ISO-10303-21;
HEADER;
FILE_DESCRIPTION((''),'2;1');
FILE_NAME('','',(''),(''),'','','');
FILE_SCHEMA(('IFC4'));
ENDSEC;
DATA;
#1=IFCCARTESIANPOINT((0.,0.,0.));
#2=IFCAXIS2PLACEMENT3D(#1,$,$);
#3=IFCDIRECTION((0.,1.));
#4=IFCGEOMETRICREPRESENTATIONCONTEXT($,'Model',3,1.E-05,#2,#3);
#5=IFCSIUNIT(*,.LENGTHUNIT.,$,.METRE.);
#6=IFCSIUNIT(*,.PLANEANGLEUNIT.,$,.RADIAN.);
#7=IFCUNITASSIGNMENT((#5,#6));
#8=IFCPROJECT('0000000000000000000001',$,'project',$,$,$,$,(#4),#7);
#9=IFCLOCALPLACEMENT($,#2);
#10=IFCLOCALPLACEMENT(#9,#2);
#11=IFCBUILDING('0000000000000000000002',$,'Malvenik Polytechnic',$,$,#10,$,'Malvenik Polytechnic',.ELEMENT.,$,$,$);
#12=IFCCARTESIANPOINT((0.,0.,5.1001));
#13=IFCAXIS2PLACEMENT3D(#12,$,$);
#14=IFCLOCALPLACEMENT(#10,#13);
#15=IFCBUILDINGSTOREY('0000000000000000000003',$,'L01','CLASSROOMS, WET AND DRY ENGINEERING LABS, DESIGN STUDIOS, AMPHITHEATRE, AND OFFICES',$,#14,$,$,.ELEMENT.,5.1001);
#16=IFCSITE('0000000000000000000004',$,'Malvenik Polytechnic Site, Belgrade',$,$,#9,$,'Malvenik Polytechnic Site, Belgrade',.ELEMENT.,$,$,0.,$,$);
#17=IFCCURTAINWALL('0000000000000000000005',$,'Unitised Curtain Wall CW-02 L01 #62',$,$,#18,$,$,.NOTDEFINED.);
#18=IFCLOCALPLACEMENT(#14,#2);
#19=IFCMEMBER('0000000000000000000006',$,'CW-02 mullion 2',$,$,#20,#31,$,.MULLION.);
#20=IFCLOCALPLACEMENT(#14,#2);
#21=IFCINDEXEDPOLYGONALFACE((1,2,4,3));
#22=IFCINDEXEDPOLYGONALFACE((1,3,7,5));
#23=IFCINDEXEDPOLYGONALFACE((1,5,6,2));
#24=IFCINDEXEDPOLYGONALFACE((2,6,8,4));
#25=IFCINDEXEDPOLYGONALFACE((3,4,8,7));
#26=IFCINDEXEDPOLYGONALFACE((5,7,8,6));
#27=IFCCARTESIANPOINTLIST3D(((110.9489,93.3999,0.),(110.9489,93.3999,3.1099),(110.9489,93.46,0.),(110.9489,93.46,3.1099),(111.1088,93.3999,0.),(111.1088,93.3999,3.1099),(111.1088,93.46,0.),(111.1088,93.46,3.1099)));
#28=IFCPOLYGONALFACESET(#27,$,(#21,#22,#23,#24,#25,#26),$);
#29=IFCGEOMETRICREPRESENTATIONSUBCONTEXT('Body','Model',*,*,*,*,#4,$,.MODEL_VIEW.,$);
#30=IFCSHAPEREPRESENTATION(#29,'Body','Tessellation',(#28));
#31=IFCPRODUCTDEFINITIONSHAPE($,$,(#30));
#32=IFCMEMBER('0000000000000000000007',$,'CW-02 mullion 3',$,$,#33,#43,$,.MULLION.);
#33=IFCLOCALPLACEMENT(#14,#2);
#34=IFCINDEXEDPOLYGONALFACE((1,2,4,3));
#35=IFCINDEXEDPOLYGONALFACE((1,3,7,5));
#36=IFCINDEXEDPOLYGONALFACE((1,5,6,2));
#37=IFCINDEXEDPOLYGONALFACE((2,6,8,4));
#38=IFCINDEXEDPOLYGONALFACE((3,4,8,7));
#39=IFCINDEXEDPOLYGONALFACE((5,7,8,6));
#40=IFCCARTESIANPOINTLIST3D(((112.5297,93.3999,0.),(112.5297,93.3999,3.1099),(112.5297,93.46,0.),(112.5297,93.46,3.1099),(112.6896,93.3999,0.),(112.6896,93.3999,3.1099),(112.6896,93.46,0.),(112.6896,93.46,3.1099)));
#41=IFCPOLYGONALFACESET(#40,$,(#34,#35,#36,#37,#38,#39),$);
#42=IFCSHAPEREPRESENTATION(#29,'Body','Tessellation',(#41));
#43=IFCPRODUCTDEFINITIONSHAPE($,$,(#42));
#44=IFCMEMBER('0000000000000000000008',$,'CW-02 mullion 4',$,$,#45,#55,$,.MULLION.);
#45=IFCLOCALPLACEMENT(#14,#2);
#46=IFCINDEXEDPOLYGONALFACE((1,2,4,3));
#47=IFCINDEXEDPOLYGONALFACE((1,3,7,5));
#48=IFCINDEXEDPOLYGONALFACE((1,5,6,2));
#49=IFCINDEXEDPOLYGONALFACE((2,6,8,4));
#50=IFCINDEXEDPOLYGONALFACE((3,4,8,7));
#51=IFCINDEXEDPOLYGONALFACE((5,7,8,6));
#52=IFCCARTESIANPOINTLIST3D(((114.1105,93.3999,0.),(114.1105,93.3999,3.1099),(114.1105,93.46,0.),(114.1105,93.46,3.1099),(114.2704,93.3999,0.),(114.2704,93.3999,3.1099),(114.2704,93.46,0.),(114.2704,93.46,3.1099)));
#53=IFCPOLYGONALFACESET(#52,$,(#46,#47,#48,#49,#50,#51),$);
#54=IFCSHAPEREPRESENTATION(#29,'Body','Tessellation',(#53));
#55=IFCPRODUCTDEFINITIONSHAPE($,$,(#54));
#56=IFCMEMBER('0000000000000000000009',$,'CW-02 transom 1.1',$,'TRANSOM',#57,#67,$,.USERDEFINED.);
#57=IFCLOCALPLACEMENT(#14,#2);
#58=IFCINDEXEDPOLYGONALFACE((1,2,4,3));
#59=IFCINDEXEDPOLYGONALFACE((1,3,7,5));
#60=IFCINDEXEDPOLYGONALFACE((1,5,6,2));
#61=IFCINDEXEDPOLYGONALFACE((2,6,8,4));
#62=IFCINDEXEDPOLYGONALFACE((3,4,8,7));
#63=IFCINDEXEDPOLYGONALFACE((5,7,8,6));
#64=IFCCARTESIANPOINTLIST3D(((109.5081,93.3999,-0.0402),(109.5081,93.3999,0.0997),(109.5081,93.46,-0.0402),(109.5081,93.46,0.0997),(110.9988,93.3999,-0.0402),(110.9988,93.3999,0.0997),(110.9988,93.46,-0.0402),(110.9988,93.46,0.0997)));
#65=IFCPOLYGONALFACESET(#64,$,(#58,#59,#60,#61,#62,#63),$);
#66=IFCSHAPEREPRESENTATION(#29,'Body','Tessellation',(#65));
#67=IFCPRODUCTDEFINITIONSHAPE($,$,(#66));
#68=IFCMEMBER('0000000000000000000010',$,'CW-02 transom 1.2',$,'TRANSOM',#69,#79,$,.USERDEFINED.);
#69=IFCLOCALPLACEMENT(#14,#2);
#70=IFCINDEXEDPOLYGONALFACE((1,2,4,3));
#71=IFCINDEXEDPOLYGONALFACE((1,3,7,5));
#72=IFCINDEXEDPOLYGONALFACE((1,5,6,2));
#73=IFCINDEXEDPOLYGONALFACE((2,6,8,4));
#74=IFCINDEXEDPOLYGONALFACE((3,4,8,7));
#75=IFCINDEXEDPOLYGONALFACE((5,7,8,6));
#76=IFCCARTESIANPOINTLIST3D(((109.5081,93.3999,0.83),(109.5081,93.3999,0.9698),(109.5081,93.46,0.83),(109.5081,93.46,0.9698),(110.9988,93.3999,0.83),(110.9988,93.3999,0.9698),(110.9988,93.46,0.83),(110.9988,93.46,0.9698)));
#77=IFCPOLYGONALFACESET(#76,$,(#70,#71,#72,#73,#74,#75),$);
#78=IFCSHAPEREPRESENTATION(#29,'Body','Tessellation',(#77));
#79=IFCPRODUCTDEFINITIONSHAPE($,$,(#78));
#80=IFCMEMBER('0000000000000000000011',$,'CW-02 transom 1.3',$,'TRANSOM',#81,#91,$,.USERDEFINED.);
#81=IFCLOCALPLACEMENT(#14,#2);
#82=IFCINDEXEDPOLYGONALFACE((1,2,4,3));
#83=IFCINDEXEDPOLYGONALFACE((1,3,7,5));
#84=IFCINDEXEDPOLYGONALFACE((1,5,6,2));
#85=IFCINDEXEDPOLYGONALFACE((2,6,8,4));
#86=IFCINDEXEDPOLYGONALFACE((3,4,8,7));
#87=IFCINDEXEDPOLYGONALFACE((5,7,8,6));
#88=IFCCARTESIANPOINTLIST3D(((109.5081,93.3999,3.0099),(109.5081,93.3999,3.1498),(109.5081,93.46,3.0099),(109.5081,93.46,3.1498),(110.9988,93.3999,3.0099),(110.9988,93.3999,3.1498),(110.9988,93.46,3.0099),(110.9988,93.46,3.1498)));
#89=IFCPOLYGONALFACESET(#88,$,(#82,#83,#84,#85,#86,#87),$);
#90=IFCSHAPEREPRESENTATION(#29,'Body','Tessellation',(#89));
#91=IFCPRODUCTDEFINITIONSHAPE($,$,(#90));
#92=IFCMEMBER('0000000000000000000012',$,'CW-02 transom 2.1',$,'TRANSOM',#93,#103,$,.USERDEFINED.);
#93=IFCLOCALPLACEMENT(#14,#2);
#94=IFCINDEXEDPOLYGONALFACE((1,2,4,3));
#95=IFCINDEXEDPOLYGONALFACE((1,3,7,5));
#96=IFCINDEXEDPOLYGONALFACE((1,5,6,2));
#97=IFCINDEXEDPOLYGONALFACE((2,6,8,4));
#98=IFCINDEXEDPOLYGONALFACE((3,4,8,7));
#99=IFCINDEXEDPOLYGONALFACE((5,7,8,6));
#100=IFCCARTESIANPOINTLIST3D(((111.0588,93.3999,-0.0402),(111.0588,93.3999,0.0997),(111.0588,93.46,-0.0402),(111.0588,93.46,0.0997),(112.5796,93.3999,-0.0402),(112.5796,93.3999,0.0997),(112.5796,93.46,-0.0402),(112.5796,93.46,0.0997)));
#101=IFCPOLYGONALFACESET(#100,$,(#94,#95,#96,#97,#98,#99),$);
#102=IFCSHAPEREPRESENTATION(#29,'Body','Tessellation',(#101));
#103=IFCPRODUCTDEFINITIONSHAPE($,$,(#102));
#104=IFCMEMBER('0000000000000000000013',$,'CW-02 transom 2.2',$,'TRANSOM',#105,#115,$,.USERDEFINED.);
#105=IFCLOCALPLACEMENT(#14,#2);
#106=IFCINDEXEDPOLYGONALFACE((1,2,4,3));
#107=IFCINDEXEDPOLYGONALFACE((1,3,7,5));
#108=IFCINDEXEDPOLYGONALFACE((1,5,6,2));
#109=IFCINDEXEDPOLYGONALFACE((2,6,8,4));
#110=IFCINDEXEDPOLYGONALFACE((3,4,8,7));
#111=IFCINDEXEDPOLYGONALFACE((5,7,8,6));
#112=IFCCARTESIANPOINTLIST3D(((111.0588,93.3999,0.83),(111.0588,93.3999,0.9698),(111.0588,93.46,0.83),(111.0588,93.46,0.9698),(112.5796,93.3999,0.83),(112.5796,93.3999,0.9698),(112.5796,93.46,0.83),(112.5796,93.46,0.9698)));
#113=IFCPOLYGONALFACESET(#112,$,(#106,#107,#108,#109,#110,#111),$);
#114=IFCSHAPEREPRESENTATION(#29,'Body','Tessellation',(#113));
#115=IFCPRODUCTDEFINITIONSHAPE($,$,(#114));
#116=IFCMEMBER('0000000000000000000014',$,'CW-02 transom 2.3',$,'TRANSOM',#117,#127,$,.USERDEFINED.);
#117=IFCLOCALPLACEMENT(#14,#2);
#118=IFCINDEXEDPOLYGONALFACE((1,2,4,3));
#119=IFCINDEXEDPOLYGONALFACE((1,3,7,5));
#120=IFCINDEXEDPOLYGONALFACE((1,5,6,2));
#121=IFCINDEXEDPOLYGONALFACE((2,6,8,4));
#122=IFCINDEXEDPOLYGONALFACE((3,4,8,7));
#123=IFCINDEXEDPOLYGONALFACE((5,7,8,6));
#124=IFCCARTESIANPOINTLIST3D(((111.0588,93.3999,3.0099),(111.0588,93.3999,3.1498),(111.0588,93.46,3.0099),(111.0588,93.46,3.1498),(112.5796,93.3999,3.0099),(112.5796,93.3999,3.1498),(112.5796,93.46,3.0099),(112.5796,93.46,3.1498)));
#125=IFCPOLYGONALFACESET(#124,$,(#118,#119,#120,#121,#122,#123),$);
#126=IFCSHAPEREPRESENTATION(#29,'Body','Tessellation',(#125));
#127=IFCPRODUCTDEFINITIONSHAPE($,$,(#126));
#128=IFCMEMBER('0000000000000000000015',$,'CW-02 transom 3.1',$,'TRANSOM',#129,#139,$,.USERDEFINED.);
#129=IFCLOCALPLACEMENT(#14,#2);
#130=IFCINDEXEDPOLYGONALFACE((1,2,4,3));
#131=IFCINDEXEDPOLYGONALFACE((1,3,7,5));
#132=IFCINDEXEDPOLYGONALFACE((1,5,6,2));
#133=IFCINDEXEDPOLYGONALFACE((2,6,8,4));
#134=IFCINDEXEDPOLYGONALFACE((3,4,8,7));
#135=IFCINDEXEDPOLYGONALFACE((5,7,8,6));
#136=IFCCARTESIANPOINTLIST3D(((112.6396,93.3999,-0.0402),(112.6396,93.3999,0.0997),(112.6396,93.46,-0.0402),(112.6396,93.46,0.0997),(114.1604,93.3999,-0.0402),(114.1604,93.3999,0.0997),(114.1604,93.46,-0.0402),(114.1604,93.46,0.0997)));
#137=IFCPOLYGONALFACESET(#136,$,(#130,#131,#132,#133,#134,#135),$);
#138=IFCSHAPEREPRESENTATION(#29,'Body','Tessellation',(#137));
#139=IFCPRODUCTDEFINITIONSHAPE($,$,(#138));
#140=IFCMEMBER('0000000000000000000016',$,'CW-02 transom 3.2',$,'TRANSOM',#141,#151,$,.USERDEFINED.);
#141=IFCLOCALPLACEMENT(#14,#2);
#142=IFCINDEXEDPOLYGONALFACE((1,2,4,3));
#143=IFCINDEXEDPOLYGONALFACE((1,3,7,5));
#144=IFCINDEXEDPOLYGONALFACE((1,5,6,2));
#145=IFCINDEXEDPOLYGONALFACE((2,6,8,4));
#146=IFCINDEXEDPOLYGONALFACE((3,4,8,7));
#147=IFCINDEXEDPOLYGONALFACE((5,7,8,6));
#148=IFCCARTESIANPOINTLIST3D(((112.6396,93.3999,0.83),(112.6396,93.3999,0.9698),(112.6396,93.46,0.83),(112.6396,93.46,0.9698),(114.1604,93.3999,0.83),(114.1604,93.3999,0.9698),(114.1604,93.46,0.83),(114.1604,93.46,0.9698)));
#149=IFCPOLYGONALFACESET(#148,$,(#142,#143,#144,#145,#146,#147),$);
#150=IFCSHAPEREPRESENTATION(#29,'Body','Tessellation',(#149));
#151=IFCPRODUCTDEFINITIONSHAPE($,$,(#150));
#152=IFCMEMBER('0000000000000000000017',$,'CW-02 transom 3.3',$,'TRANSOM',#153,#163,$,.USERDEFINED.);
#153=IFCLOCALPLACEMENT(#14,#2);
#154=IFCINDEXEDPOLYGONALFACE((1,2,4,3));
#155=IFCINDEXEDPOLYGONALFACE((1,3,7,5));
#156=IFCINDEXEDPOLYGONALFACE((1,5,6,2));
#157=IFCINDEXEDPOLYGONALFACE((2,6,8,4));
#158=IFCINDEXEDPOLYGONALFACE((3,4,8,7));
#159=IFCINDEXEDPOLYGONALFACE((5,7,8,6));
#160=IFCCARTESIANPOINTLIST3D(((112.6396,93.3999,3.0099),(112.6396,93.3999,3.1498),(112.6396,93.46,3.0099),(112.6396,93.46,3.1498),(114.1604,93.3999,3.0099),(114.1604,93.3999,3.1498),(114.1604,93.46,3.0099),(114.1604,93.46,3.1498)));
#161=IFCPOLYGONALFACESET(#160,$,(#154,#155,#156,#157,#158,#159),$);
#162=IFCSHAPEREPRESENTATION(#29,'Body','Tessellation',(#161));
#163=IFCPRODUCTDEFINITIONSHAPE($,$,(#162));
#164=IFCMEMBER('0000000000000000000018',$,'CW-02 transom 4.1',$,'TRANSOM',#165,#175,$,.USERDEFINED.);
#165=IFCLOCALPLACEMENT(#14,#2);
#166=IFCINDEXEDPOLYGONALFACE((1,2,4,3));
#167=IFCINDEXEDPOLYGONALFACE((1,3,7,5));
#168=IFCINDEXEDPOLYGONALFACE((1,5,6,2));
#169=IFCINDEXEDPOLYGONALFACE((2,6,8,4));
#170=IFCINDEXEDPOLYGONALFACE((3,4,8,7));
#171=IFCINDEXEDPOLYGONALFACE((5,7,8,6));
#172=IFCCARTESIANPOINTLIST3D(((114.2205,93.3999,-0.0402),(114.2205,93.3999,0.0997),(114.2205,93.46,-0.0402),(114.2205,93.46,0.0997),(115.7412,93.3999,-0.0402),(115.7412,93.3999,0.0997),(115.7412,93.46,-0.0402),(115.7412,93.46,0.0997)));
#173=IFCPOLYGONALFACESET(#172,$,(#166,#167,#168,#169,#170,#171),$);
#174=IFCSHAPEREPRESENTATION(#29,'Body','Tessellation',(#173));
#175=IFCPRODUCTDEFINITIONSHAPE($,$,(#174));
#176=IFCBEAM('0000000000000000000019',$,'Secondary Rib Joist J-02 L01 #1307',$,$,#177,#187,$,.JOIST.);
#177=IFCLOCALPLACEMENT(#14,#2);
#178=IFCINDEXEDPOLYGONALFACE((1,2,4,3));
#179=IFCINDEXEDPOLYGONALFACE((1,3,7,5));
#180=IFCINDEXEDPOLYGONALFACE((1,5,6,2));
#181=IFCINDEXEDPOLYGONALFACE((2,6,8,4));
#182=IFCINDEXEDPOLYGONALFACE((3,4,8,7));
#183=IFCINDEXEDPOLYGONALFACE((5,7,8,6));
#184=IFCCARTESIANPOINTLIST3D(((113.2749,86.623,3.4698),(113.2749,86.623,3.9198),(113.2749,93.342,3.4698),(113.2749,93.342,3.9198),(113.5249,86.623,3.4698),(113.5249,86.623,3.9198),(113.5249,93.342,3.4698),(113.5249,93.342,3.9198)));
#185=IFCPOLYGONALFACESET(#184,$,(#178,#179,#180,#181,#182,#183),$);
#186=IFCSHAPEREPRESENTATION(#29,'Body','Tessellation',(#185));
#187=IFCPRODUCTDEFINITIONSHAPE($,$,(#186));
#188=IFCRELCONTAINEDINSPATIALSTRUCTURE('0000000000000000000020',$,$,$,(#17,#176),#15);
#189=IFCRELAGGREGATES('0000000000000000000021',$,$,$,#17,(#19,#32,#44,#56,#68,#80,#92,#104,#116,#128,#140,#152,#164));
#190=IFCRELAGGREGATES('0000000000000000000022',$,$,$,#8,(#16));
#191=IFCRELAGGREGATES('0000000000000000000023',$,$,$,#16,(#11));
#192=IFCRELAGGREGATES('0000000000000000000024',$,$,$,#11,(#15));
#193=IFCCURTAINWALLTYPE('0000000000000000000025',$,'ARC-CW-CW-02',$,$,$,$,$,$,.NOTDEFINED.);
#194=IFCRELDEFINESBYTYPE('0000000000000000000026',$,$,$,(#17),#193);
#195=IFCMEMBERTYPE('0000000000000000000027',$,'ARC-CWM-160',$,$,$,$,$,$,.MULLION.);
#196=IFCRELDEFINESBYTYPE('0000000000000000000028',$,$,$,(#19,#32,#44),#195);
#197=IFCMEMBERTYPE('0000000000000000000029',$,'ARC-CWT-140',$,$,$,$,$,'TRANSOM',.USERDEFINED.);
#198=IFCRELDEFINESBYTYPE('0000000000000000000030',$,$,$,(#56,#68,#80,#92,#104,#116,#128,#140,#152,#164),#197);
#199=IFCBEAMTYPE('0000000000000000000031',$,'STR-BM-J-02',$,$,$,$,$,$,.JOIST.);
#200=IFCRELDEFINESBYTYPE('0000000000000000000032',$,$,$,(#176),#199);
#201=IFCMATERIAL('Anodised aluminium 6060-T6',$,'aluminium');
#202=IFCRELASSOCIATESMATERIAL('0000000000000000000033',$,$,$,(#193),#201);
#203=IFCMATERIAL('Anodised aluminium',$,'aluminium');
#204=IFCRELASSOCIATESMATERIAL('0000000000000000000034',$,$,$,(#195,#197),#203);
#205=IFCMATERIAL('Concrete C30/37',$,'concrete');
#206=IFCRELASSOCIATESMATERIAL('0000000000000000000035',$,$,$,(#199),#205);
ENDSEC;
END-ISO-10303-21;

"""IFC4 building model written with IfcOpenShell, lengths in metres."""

from ifc_helpers import new_model, si_unit, direction, frame, origin, origin_2d, place, context, subcontext, project, spatial, rectangle, extrude, material, material_profile, profile_set, type_object, element, aggregate, save


model = new_model("IFC4")

# Units and contexts
model_context = context("Model", 3, precision=1e-05, world=origin(), true_north=direction((0.0, 1.0)))
body_context = subcontext(model_context, "Body", "Model", "MODEL_VIEW")
ifc_project = project(units=[si_unit("LENGTHUNIT", "METRE"), si_unit("PLANEANGLEUNIT", "RADIAN")], contexts=[model_context])

# Site, building, storey
site_placement = place(None, origin())
site = spatial("IfcSite", under=ifc_project, at=site_placement, Name="Malvenik Polytechnic Site, Belgrade", LongName="Malvenik Polytechnic Site, Belgrade", CompositionType="ELEMENT", RefElevation=0.0)
building_placement = place(site_placement, origin())
building = spatial("IfcBuilding", under=site, at=building_placement, Name="Malvenik Polytechnic", LongName="Malvenik Polytechnic", CompositionType="ELEMENT")
storey_placement = place(building_placement, frame((0.0, 0.0, 5.1001)))
storey = spatial("IfcBuildingStorey", under=building, at=storey_placement, Name="L01", Description="CLASSROOMS, WET AND DRY ENGINEERING LABS, DESIGN STUDIOS, AMPHITHEATRE, AND OFFICES", CompositionType="ELEMENT", Elevation=5.1001)

# Curtain wall, members
ifc_material_1 = material(Name="Anodised aluminium 6060-T6", Category="aluminium")
curtain_wall_type = type_object("IfcCurtainWallType", Name="ARC-CW-CW-02", PredefinedType="NOTDEFINED", material=ifc_material_1)
curtain_wall_placement = place(storey_placement, origin())
curtain_wall = element("IfcCurtainWall", 1, at=curtain_wall_placement, inside=storey, type_object=curtain_wall_type, Name="Unitised Curtain Wall CW-02 L01 #62", PredefinedType="NOTDEFINED")
ifc_material_2 = material(Name="Anodised aluminium", Category="aluminium")
ifc_material_profile_1 = material_profile(ifc_material_2, rectangle(XDim=0.0601, YDim=0.1599, at=origin_2d()), Name="ALU MULLION 60x160")
ifc_profile_set_1 = profile_set([ifc_material_profile_1], Name="Anodised aluminium")
member_type_1 = type_object("IfcMemberType", Name="ARC-CWM-160", PredefinedType="MULLION", material=ifc_profile_set_1)
member_1_placement = place(storey_placement, frame((111.0288, 93.4299, 0.0), z_axis=(0.0, 0.0, 1.0), x_axis=(0.0, 1.0, 0.0)))
member_1 = element("IfcMember", 2, at=member_1_placement, type_object=member_type_1, Name="CW-02 mullion 2", PredefinedType="MULLION", context=body_context, shape_type="SweptSolid", body=[
    extrude(rectangle(XDim=0.0601, YDim=0.1599, at=origin_2d()), origin(), (0.0, 0.0, 1.0), 3.1099),
])
member_2_placement = place(storey_placement, frame((112.6096, 93.4299, 0.0), z_axis=(0.0, 0.0, 1.0), x_axis=(0.0, 1.0, 0.0)))
member_2 = element("IfcMember", 3, at=member_2_placement, type_object=member_type_1, Name="CW-02 mullion 3", PredefinedType="MULLION", context=body_context, shape_type="SweptSolid", body=[
    extrude(rectangle(XDim=0.0601, YDim=0.1599, at=origin_2d()), origin(), (0.0, 0.0, 1.0), 3.1099),
])
member_3_placement = place(storey_placement, frame((114.1904, 93.4299, 0.0), z_axis=(0.0, 0.0, 1.0), x_axis=(0.0, 1.0, 0.0)))
member_3 = element("IfcMember", 4, at=member_3_placement, type_object=member_type_1, Name="CW-02 mullion 4", PredefinedType="MULLION", context=body_context, shape_type="SweptSolid", body=[
    extrude(rectangle(XDim=0.0601, YDim=0.1599, at=origin_2d()), origin(), (0.0, 0.0, 1.0), 3.1099),
])
ifc_material_profile_2 = material_profile(ifc_material_2, rectangle(XDim=0.0601, YDim=0.1399, at=origin_2d()), Name="ALU TRANSOM 60x140")
ifc_profile_set_2 = profile_set([ifc_material_profile_2], Name="Anodised aluminium")
member_type_2 = type_object("IfcMemberType", Name="ARC-CWT-140", ElementType="TRANSOM", PredefinedType="USERDEFINED", material=ifc_profile_set_2)
member_4_placement = place(storey_placement, frame((109.5081, 93.4299, 0.0298), z_axis=(1.0, 0.0, 0.0), x_axis=(0.0, 1.0, 0.0)))
member_4 = element("IfcMember", 5, at=member_4_placement, type_object=member_type_2, Name="CW-02 transom 1.1", ObjectType="TRANSOM", PredefinedType="USERDEFINED", context=body_context, shape_type="SweptSolid", body=[
    extrude(rectangle(XDim=0.0601, YDim=0.1399, at=origin_2d()), origin(), (0.0, 0.0, 1.0), 1.4907),
])
member_5_placement = place(storey_placement, frame((109.5081, 93.4299, 0.8999), z_axis=(1.0, 0.0, 0.0), x_axis=(0.0, 1.0, 0.0)))
member_5 = element("IfcMember", 6, at=member_5_placement, type_object=member_type_2, Name="CW-02 transom 1.2", ObjectType="TRANSOM", PredefinedType="USERDEFINED", context=body_context, shape_type="SweptSolid", body=[
    extrude(rectangle(XDim=0.0601, YDim=0.1399, at=origin_2d()), origin(), (0.0, 0.0, 1.0), 1.4907),
])
member_6_placement = place(storey_placement, frame((109.5081, 93.4299, 3.0798), z_axis=(1.0, 0.0, 0.0), x_axis=(0.0, 1.0, 0.0)))
member_6 = element("IfcMember", 7, at=member_6_placement, type_object=member_type_2, Name="CW-02 transom 1.3", ObjectType="TRANSOM", PredefinedType="USERDEFINED", context=body_context, shape_type="SweptSolid", body=[
    extrude(rectangle(XDim=0.0601, YDim=0.1399, at=origin_2d()), origin(), (0.0, 0.0, 1.0), 1.4907),
])
member_7_placement = place(storey_placement, frame((111.0588, 93.4299, 0.0298), z_axis=(1.0, 0.0, 0.0), x_axis=(0.0, 1.0, 0.0)))
member_7 = element("IfcMember", 8, at=member_7_placement, type_object=member_type_2, Name="CW-02 transom 2.1", ObjectType="TRANSOM", PredefinedType="USERDEFINED", context=body_context, shape_type="SweptSolid", body=[
    extrude(rectangle(XDim=0.0601, YDim=0.1399, at=origin_2d()), origin(), (0.0, 0.0, 1.0), 1.5208),
])
member_8_placement = place(storey_placement, frame((111.0588, 93.4299, 0.8999), z_axis=(1.0, 0.0, 0.0), x_axis=(0.0, 1.0, 0.0)))
member_8 = element("IfcMember", 9, at=member_8_placement, type_object=member_type_2, Name="CW-02 transom 2.2", ObjectType="TRANSOM", PredefinedType="USERDEFINED", context=body_context, shape_type="SweptSolid", body=[
    extrude(rectangle(XDim=0.0601, YDim=0.1399, at=origin_2d()), origin(), (0.0, 0.0, 1.0), 1.5208),
])
member_9_placement = place(storey_placement, frame((111.0588, 93.4299, 3.0798), z_axis=(1.0, 0.0, 0.0), x_axis=(0.0, 1.0, 0.0)))
member_9 = element("IfcMember", 10, at=member_9_placement, type_object=member_type_2, Name="CW-02 transom 2.3", ObjectType="TRANSOM", PredefinedType="USERDEFINED", context=body_context, shape_type="SweptSolid", body=[
    extrude(rectangle(XDim=0.0601, YDim=0.1399, at=origin_2d()), origin(), (0.0, 0.0, 1.0), 1.5208),
])
member_10_placement = place(storey_placement, frame((112.6396, 93.4299, 0.0298), z_axis=(1.0, 0.0, 0.0), x_axis=(0.0, 1.0, 0.0)))
member_10 = element("IfcMember", 11, at=member_10_placement, type_object=member_type_2, Name="CW-02 transom 3.1", ObjectType="TRANSOM", PredefinedType="USERDEFINED", context=body_context, shape_type="SweptSolid", body=[
    extrude(rectangle(XDim=0.0601, YDim=0.1399, at=origin_2d()), origin(), (0.0, 0.0, 1.0), 1.5208),
])
member_11_placement = place(storey_placement, frame((112.6396, 93.4299, 0.8999), z_axis=(1.0, 0.0, 0.0), x_axis=(0.0, 1.0, 0.0)))
member_11 = element("IfcMember", 12, at=member_11_placement, type_object=member_type_2, Name="CW-02 transom 3.2", ObjectType="TRANSOM", PredefinedType="USERDEFINED", context=body_context, shape_type="SweptSolid", body=[
    extrude(rectangle(XDim=0.0601, YDim=0.1399, at=origin_2d()), origin(), (0.0, 0.0, 1.0), 1.5208),
])
member_12_placement = place(storey_placement, frame((112.6396, 93.4299, 3.0798), z_axis=(1.0, 0.0, 0.0), x_axis=(0.0, 1.0, 0.0)))
member_12 = element("IfcMember", 13, at=member_12_placement, type_object=member_type_2, Name="CW-02 transom 3.3", ObjectType="TRANSOM", PredefinedType="USERDEFINED", context=body_context, shape_type="SweptSolid", body=[
    extrude(rectangle(XDim=0.0601, YDim=0.1399, at=origin_2d()), origin(), (0.0, 0.0, 1.0), 1.5208),
])
member_13_placement = place(storey_placement, frame((114.2205, 93.4299, 0.0298), z_axis=(1.0, 0.0, 0.0), x_axis=(0.0, 1.0, 0.0)))
member_13 = element("IfcMember", 14, at=member_13_placement, type_object=member_type_2, Name="CW-02 transom 4.1", ObjectType="TRANSOM", PredefinedType="USERDEFINED", context=body_context, shape_type="SweptSolid", body=[
    extrude(rectangle(XDim=0.0601, YDim=0.1399, at=origin_2d()), origin(), (0.0, 0.0, 1.0), 1.5208),
])

# Beam
ifc_material_3 = material(Name="Concrete C30/37", Category="concrete")
ifc_material_profile_3 = material_profile(ifc_material_3, rectangle(XDim=0.25, YDim=0.45, at=origin_2d()), Name="RC JST 250x450")
ifc_profile_set_3 = profile_set([ifc_material_profile_3], Name="Concrete C30/37")
beam_type = type_object("IfcBeamType", Name="STR-BM-J-02", PredefinedType="JOIST", material=ifc_profile_set_3)
beam_placement = place(storey_placement, frame((113.3999, 86.623, 3.6948), z_axis=(0.0, 1.0, 0.0), x_axis=(-1.0, 0.0, 0.0)))
element("IfcBeam", 15, at=beam_placement, inside=storey, type_object=beam_type, Name="Secondary Rib Joist J-02 L01 #1307", PredefinedType="JOIST", context=body_context, shape_type="SweptSolid", body=[
    extrude(rectangle(XDim=0.25, YDim=0.45, at=origin_2d()), origin(), (0.0, 0.0, 1.0), 6.719),
])

aggregate(curtain_wall, [member_1, member_2, member_3, member_4, member_5, member_6, member_7, member_8, member_9, member_10, member_11, member_12, member_13])

save(model, "model.ifc")
